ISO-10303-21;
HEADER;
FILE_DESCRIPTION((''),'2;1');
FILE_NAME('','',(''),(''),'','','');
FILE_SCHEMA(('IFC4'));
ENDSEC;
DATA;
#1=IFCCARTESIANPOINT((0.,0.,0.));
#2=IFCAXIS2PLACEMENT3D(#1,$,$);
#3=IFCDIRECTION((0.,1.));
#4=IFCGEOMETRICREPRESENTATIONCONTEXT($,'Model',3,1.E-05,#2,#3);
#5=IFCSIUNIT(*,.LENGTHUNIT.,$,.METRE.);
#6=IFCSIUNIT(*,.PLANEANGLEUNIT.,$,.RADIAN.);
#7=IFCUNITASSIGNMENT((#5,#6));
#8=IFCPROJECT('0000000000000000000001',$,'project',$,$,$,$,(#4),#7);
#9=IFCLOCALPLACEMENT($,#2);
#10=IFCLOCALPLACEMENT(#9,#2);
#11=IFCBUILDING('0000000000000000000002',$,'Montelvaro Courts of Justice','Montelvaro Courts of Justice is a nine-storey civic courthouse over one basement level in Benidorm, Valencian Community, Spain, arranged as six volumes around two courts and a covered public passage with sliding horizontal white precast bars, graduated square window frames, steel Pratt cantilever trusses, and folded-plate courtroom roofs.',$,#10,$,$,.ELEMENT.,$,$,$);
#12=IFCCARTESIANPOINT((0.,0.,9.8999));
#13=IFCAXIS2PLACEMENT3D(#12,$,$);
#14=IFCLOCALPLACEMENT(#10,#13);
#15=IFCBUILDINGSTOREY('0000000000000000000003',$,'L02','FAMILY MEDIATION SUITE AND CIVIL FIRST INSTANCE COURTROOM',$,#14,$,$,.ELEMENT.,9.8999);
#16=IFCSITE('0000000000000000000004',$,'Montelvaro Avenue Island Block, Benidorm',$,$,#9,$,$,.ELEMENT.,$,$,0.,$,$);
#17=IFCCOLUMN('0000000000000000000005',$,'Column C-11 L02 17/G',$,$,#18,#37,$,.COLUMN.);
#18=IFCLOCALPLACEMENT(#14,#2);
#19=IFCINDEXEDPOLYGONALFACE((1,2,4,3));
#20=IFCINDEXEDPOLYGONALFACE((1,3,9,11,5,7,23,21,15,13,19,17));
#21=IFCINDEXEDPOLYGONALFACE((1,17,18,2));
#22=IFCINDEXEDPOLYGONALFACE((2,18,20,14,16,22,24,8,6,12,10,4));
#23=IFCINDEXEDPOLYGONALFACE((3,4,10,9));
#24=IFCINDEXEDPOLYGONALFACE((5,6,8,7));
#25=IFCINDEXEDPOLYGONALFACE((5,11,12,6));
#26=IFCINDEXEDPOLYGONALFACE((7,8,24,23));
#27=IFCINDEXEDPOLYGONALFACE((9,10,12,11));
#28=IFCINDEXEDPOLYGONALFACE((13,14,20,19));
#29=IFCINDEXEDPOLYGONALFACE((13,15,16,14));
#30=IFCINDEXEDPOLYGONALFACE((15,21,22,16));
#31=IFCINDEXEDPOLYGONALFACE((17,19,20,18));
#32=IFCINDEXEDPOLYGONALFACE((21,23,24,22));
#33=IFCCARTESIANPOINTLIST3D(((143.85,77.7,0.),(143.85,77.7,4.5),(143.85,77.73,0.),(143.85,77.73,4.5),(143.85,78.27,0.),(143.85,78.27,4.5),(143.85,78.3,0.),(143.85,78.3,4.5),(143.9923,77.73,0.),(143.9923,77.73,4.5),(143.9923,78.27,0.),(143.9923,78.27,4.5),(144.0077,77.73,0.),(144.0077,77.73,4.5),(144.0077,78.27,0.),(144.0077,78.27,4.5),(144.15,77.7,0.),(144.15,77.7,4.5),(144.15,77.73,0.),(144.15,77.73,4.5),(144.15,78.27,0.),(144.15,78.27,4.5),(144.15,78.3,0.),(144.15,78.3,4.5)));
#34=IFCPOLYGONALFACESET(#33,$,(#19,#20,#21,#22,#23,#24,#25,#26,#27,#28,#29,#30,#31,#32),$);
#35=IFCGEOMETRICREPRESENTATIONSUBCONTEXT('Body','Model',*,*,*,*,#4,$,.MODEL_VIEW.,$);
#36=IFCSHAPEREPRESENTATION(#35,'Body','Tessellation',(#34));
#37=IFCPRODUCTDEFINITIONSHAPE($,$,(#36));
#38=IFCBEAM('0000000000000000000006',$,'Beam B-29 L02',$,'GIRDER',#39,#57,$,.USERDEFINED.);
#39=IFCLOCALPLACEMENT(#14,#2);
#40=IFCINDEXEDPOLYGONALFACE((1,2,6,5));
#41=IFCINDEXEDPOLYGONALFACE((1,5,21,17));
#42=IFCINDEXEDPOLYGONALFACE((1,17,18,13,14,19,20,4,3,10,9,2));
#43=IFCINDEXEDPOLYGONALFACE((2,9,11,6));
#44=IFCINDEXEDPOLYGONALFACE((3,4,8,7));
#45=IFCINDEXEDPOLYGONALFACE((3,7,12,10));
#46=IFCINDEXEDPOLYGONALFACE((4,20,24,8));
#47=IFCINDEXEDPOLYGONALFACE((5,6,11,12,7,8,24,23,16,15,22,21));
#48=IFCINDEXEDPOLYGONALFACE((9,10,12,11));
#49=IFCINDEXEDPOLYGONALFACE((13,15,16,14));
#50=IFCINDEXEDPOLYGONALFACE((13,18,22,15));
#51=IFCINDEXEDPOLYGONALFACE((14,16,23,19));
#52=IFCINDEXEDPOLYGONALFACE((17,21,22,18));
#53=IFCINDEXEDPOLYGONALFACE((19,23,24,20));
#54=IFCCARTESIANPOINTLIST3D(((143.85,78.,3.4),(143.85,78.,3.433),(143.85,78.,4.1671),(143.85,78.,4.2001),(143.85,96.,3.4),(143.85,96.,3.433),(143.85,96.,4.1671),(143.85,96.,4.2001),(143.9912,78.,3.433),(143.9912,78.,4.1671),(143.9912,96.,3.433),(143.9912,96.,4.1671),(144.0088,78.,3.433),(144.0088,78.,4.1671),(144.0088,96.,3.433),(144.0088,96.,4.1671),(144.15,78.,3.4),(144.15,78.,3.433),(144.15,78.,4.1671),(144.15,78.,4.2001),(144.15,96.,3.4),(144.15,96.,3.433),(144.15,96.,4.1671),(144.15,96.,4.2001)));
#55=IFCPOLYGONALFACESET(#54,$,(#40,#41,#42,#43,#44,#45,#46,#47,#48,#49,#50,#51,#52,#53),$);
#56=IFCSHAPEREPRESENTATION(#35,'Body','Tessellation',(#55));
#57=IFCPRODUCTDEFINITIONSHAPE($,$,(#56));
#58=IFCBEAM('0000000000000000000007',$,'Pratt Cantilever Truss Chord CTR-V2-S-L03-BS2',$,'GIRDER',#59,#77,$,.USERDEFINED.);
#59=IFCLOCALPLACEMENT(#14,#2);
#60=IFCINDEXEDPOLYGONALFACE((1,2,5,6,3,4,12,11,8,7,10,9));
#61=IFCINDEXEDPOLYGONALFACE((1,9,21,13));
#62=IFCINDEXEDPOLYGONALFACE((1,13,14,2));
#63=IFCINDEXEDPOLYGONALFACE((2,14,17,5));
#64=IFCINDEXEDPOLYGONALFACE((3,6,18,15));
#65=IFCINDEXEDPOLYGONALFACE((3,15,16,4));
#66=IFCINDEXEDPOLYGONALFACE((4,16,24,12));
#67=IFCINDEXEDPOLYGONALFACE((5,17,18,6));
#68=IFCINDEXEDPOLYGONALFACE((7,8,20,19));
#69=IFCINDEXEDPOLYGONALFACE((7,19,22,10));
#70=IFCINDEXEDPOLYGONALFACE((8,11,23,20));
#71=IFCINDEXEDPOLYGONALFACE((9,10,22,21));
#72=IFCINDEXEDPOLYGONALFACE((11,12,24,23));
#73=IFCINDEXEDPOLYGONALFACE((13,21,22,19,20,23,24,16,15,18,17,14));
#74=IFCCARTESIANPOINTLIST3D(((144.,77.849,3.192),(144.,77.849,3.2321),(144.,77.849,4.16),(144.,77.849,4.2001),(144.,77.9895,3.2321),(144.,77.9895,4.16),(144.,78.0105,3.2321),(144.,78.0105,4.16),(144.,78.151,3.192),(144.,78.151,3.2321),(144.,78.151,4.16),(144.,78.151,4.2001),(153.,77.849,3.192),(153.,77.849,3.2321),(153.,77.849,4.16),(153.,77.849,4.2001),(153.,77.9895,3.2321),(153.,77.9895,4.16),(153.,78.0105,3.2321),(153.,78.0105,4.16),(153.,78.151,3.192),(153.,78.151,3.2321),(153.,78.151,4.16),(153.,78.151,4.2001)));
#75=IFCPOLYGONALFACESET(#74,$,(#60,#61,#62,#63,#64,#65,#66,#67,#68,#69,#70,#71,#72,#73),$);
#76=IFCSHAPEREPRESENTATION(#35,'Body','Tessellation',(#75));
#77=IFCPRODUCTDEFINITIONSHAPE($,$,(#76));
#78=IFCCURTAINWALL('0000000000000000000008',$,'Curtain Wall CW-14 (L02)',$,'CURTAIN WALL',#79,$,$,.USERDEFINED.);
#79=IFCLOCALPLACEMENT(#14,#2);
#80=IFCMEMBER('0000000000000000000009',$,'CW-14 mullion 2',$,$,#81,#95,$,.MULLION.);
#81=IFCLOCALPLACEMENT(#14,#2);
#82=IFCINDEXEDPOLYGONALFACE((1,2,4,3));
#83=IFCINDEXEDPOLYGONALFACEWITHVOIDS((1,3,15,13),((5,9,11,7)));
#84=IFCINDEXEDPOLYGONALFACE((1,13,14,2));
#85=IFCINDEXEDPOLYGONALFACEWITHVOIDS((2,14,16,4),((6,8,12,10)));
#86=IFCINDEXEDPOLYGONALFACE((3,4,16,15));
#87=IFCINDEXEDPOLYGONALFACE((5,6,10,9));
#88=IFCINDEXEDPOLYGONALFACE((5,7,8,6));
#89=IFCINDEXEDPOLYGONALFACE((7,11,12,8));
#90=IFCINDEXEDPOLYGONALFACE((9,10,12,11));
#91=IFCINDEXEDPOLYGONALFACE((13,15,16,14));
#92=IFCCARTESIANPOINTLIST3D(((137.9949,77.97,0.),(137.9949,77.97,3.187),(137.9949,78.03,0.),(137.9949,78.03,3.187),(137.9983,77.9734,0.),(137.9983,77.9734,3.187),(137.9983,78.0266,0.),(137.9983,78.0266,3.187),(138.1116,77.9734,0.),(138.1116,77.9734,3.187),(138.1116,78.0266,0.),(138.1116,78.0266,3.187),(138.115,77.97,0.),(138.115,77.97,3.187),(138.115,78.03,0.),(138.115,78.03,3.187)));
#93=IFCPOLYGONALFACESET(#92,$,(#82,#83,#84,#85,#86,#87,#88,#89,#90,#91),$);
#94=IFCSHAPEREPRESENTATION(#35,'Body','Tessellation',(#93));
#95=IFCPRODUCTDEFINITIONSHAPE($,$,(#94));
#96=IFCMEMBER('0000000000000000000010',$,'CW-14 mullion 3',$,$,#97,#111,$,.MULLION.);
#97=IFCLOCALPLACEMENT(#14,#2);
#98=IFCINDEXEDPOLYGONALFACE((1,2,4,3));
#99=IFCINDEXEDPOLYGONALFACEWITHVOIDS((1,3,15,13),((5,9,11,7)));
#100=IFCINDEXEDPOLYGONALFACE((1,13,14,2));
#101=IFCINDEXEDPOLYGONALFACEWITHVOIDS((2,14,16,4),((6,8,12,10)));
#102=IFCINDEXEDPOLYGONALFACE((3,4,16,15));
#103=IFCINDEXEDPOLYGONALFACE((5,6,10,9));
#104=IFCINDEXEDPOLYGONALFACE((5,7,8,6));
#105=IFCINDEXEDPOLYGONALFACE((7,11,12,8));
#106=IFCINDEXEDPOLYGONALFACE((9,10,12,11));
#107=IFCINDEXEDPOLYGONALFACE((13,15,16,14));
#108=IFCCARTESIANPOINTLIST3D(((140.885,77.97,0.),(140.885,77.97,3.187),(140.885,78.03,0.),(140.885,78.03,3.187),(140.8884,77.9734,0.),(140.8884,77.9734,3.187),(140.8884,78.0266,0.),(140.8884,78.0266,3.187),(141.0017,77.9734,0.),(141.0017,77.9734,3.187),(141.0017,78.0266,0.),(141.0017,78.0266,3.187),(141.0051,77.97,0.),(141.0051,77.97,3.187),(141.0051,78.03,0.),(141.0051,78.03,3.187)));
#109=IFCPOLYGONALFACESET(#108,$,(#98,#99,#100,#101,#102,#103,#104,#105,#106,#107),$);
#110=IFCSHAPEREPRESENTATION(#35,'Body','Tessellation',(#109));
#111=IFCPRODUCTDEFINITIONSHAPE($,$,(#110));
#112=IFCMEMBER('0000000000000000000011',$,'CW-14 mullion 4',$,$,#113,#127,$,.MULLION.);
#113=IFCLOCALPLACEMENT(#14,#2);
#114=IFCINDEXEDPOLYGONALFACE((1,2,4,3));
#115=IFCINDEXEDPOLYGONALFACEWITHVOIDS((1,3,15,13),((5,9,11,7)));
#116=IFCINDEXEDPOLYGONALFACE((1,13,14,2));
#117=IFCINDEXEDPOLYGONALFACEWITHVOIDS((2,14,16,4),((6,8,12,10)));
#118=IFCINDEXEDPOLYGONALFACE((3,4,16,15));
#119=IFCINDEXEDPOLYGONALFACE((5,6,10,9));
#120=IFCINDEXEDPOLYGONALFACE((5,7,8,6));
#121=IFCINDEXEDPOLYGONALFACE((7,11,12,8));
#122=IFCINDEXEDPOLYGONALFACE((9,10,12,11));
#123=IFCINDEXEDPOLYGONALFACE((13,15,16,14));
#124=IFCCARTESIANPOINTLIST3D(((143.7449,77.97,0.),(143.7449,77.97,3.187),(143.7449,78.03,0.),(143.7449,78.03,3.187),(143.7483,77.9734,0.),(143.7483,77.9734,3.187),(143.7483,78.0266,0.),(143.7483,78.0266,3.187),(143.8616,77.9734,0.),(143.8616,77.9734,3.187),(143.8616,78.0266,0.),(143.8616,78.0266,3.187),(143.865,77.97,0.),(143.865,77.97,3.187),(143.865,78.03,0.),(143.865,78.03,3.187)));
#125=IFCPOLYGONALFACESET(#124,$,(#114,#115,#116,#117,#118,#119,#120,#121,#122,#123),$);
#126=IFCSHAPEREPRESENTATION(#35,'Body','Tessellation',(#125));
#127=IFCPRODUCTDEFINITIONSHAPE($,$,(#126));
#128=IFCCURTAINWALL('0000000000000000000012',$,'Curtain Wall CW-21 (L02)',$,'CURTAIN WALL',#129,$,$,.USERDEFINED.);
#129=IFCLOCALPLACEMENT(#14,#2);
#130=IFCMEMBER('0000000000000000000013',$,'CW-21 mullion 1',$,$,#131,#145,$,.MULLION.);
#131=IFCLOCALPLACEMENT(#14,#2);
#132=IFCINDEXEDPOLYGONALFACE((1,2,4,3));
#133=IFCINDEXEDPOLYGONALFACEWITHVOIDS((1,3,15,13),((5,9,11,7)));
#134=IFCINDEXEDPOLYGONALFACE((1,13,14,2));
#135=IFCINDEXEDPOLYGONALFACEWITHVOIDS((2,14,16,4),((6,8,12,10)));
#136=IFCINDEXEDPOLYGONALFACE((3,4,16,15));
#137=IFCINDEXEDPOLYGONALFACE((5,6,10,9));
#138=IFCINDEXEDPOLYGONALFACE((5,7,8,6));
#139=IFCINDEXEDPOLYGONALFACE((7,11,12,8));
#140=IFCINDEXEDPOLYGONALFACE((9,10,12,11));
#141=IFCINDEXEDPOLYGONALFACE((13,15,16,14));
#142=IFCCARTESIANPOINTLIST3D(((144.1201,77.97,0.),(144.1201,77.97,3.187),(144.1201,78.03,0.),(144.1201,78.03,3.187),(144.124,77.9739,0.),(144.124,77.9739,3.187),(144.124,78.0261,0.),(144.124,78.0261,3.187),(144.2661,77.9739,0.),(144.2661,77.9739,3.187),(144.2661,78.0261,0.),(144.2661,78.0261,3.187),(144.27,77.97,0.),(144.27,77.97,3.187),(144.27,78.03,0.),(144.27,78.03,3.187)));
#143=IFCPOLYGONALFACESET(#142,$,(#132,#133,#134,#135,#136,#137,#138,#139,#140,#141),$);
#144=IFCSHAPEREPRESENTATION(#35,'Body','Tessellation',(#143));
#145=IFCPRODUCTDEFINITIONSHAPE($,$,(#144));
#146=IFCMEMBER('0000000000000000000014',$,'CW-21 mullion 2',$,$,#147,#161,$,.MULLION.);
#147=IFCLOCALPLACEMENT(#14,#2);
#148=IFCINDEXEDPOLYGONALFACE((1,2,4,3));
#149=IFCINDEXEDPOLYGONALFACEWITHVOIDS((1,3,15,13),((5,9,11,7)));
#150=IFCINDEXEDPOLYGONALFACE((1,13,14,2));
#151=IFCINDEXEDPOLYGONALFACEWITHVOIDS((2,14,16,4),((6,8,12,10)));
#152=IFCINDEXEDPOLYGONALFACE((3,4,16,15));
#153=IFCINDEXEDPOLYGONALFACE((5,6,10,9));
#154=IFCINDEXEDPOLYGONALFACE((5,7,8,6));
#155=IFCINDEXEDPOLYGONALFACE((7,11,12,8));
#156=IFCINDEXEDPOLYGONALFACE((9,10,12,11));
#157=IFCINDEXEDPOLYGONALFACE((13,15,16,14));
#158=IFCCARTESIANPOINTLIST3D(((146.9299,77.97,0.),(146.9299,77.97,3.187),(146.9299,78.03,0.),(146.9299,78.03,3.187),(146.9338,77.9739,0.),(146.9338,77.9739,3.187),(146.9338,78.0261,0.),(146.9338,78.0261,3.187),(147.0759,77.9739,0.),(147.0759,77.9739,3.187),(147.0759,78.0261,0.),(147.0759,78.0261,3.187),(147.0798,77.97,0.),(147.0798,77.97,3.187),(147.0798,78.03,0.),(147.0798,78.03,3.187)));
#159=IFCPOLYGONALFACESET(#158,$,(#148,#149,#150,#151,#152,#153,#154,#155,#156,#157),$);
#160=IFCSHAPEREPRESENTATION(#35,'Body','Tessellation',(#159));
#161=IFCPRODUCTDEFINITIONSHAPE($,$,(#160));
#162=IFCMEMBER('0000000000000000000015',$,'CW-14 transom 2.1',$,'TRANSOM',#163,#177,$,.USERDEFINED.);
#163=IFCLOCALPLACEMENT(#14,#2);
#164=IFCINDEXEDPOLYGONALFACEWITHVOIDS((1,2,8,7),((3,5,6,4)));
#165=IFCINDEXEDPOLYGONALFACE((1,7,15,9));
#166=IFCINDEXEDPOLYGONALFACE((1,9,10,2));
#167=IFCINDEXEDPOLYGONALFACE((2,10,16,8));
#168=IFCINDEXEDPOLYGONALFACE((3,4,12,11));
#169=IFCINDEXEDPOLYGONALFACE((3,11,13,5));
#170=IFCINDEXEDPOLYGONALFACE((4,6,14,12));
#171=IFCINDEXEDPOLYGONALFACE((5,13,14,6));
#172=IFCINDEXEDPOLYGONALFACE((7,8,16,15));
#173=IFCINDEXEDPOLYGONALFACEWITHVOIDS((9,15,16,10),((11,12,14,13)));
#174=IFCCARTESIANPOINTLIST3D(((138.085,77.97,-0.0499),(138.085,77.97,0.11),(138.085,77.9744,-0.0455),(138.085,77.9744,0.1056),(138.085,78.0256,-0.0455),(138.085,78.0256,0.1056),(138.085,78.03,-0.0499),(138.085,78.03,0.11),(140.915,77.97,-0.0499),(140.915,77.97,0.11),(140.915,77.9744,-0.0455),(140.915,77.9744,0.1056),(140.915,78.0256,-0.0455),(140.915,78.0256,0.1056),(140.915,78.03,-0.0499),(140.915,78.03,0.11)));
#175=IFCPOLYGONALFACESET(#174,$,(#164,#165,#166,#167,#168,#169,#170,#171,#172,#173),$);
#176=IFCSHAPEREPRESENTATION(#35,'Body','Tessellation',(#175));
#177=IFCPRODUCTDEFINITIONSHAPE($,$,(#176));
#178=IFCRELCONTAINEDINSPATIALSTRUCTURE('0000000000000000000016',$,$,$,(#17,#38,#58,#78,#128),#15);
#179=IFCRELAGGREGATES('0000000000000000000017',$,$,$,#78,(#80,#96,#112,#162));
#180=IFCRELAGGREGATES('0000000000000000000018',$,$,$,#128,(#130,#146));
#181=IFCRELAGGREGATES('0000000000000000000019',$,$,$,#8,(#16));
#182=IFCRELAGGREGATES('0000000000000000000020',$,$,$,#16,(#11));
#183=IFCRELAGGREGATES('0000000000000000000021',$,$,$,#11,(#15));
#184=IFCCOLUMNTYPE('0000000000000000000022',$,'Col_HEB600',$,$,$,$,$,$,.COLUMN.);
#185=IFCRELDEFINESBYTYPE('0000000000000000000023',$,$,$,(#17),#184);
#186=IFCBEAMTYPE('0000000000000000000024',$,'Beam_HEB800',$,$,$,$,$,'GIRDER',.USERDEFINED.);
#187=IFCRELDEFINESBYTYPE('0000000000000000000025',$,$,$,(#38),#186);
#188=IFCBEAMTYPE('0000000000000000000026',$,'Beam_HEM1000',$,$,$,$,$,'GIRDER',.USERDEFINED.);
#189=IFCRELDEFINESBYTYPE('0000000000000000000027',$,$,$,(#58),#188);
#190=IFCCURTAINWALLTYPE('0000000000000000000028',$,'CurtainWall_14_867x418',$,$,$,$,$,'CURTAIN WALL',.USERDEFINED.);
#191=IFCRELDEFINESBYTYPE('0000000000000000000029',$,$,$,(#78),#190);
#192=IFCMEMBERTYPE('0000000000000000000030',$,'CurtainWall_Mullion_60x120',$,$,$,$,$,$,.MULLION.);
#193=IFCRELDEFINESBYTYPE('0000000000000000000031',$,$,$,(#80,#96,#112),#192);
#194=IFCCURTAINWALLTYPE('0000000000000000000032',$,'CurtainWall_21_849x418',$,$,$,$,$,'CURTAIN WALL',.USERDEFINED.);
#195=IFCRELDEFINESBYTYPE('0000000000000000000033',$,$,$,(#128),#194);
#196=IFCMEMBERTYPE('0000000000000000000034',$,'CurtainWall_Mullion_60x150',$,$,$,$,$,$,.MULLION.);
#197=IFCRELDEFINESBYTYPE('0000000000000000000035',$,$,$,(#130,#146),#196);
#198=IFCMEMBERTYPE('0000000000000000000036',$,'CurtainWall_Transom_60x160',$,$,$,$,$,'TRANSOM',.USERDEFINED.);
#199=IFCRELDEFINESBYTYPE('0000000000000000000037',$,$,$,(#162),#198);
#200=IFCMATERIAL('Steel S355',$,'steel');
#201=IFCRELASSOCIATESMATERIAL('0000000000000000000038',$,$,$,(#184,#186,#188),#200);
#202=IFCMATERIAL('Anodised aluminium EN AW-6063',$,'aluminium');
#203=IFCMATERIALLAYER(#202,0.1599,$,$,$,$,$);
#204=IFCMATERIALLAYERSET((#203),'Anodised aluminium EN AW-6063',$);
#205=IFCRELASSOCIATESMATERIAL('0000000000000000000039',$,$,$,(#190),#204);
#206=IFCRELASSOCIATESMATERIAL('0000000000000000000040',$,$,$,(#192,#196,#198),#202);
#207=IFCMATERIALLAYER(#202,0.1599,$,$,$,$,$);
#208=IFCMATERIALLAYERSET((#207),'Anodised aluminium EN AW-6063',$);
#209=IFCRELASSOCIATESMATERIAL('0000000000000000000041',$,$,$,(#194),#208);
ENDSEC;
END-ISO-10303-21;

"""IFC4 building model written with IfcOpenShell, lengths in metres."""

from ifc_helpers import new_model, si_unit, direction, frame, origin, origin_2d, place, context, subcontext, project, spatial, hollow_rectangle, i_section, extrude, material, layer, layer_set, material_profile, profile_set, type_object, element, aggregate, save


model = new_model("IFC4")

# Units and contexts
model_context = context("Model", 3, precision=1e-05, world=origin(), true_north=direction((0.0, 1.0)))
body_context = subcontext(model_context, "Body", "Model", "MODEL_VIEW")
ifc_project = project(units=[si_unit("LENGTHUNIT", "METRE"), si_unit("PLANEANGLEUNIT", "RADIAN")], contexts=[model_context])

# Site, building, storey
site_placement = place(None, origin())
site = spatial("IfcSite", under=ifc_project, at=site_placement, Name="Montelvaro Avenue Island Block, Benidorm", CompositionType="ELEMENT", RefElevation=0.0)
building_placement = place(site_placement, origin())
building = spatial("IfcBuilding", under=site, at=building_placement, Name="Montelvaro Courts of Justice", Description="Montelvaro Courts of Justice is a nine-storey civic courthouse over one basement level in Benidorm, Valencian Community, Spain, arranged as six volumes around two courts and a covered public passage with sliding horizontal white precast bars, graduated square window frames, steel Pratt cantilever trusses, and folded-plate courtroom roofs.", CompositionType="ELEMENT")
storey_placement = place(building_placement, frame((0.0, 0.0, 9.8999)))
storey = spatial("IfcBuildingStorey", under=building, at=storey_placement, Name="L02", Description="FAMILY MEDIATION SUITE AND CIVIL FIRST INSTANCE COURTROOM", CompositionType="ELEMENT", Elevation=9.8999)

# Column
ifc_material_1 = material(Name="Steel S355", Category="steel")
ifc_material_profile_1 = material_profile(ifc_material_1, i_section(OverallWidth=0.3, OverallDepth=0.6001, WebThickness=0.0154, FlangeThickness=0.03, at=origin_2d()), Name="HEB 600")
ifc_profile_set_1 = profile_set([ifc_material_profile_1], Name="Steel S355")
column_type = type_object("IfcColumnType", Name="Col_HEB600", PredefinedType="COLUMN", material=ifc_profile_set_1)
column_placement = place(storey_placement, frame((144.0, 78.0, 0.0), z_axis=(0.0, 0.0, 1.0), x_axis=(1.0, 0.0, 0.0)))
element("IfcColumn", 1, at=column_placement, inside=storey, type_object=column_type, Name="Column C-11 L02 17/G", PredefinedType="COLUMN", context=body_context, shape_type="SweptSolid", body=[
    extrude(i_section(OverallWidth=0.3, OverallDepth=0.6001, WebThickness=0.0154, FlangeThickness=0.03, at=origin_2d()), origin(), (0.0, 0.0, 1.0), 4.5),
])

# Beams
ifc_material_profile_2 = material_profile(ifc_material_1, i_section(OverallWidth=0.3, OverallDepth=0.8, WebThickness=0.0176, FlangeThickness=0.033, at=origin_2d()), Name="HEB 800")
ifc_profile_set_2 = profile_set([ifc_material_profile_2], Name="Steel S355")
beam_type_1 = type_object("IfcBeamType", Name="Beam_HEB800", ElementType="GIRDER", PredefinedType="USERDEFINED", material=ifc_profile_set_2)
beam_1_placement = place(storey_placement, frame((144.0, 78.0, 3.8), z_axis=(0.0, 1.0, 0.0), x_axis=(-1.0, 0.0, 0.0)))
element("IfcBeam", 2, at=beam_1_placement, inside=storey, type_object=beam_type_1, Name="Beam B-29 L02", ObjectType="GIRDER", PredefinedType="USERDEFINED", context=body_context, shape_type="SweptSolid", body=[
    extrude(i_section(OverallWidth=0.3, OverallDepth=0.8, WebThickness=0.0176, FlangeThickness=0.033, at=origin_2d()), origin(), (0.0, 0.0, 1.0), 18.0),
])
ifc_material_profile_3 = material_profile(ifc_material_1, i_section(OverallWidth=0.302, OverallDepth=1.0081, WebThickness=0.021, FlangeThickness=0.04, at=origin_2d()), Name="HEM 1000")
ifc_profile_set_3 = profile_set([ifc_material_profile_3], Name="Steel S355")
beam_type_2 = type_object("IfcBeamType", Name="Beam_HEM1000", ElementType="GIRDER", PredefinedType="USERDEFINED", material=ifc_profile_set_3)
beam_2_placement = place(storey_placement, frame((144.0, 78.0, 3.696), z_axis=(1.0, 0.0, 0.0), x_axis=(0.0, 1.0, 0.0)))
element("IfcBeam", 3, at=beam_2_placement, inside=storey, type_object=beam_type_2, Name="Pratt Cantilever Truss Chord CTR-V2-S-L03-BS2", ObjectType="GIRDER", PredefinedType="USERDEFINED", context=body_context, shape_type="SweptSolid", body=[
    extrude(i_section(OverallWidth=0.302, OverallDepth=1.0081, WebThickness=0.021, FlangeThickness=0.04, at=origin_2d()), origin(), (0.0, 0.0, 1.0), 9.0),
])

# Curtain walls, members
ifc_material_2 = material(Name="Anodised aluminium EN AW-6063", Category="aluminium")
ifc_layer_1 = layer(ifc_material_2, 0.1599)
ifc_layer_set_1 = layer_set([ifc_layer_1], Name="Anodised aluminium EN AW-6063")
curtain_wall_type_1 = type_object("IfcCurtainWallType", Name="CurtainWall_14_867x418", ElementType="CURTAIN WALL", PredefinedType="USERDEFINED", material=ifc_layer_set_1)
curtain_wall_1_placement = place(storey_placement, origin())
curtain_wall_1 = element("IfcCurtainWall", 4, at=curtain_wall_1_placement, inside=storey, type_object=curtain_wall_type_1, Name="Curtain Wall CW-14 (L02)", ObjectType="CURTAIN WALL", PredefinedType="USERDEFINED")
ifc_material_profile_4 = material_profile(ifc_material_2, hollow_rectangle(XDim=0.0601, YDim=0.1201, WallThickness=0.0034, at=origin_2d()), Name="ALU-M 60x120")
ifc_profile_set_4 = profile_set([ifc_material_profile_4], Name="Anodised aluminium EN AW-6063")
member_type_1 = type_object("IfcMemberType", Name="CurtainWall_Mullion_60x120", PredefinedType="MULLION", material=ifc_profile_set_4)
member_1_placement = place(storey_placement, frame((138.0549, 78.0, 0.0), z_axis=(0.0, 0.0, 1.0), x_axis=(0.0, 1.0, 0.0)))
member_1 = element("IfcMember", 5, at=member_1_placement, type_object=member_type_1, Name="CW-14 mullion 2", PredefinedType="MULLION", context=body_context, shape_type="SweptSolid", body=[
    extrude(hollow_rectangle(XDim=0.0601, YDim=0.1201, WallThickness=0.0034, at=origin_2d()), origin(), (0.0, 0.0, 1.0), 3.187),
])
member_2_placement = place(storey_placement, frame((140.9451, 78.0, 0.0), z_axis=(0.0, 0.0, 1.0), x_axis=(0.0, 1.0, 0.0)))
member_2 = element("IfcMember", 6, at=member_2_placement, type_object=member_type_1, Name="CW-14 mullion 3", PredefinedType="MULLION", context=body_context, shape_type="SweptSolid", body=[
    extrude(hollow_rectangle(XDim=0.0601, YDim=0.1201, WallThickness=0.0034, at=origin_2d()), origin(), (0.0, 0.0, 1.0), 3.187),
])
member_3_placement = place(storey_placement, frame((143.8049, 78.0, 0.0), z_axis=(0.0, 0.0, 1.0), x_axis=(0.0, 1.0, 0.0)))
member_3 = element("IfcMember", 7, at=member_3_placement, type_object=member_type_1, Name="CW-14 mullion 4", PredefinedType="MULLION", context=body_context, shape_type="SweptSolid", body=[
    extrude(hollow_rectangle(XDim=0.0601, YDim=0.1201, WallThickness=0.0034, at=origin_2d()), origin(), (0.0, 0.0, 1.0), 3.187),
])
ifc_layer_2 = layer(ifc_material_2, 0.1599)
ifc_layer_set_2 = layer_set([ifc_layer_2], Name="Anodised aluminium EN AW-6063")
curtain_wall_type_2 = type_object("IfcCurtainWallType", Name="CurtainWall_21_849x418", ElementType="CURTAIN WALL", PredefinedType="USERDEFINED", material=ifc_layer_set_2)
curtain_wall_2_placement = place(storey_placement, origin())
curtain_wall_2 = element("IfcCurtainWall", 8, at=curtain_wall_2_placement, inside=storey, type_object=curtain_wall_type_2, Name="Curtain Wall CW-21 (L02)", ObjectType="CURTAIN WALL", PredefinedType="USERDEFINED")
ifc_material_profile_5 = material_profile(ifc_material_2, hollow_rectangle(XDim=0.0601, YDim=0.1499, WallThickness=0.0039, at=origin_2d()), Name="ALU-M 60x150")
ifc_profile_set_5 = profile_set([ifc_material_profile_5], Name="Anodised aluminium EN AW-6063")
member_type_2 = type_object("IfcMemberType", Name="CurtainWall_Mullion_60x150", PredefinedType="MULLION", material=ifc_profile_set_5)
member_4_placement = place(storey_placement, frame((144.1951, 78.0, 0.0), z_axis=(0.0, 0.0, 1.0), x_axis=(0.0, 1.0, 0.0)))
member_4 = element("IfcMember", 9, at=member_4_placement, type_object=member_type_2, Name="CW-21 mullion 1", PredefinedType="MULLION", context=body_context, shape_type="SweptSolid", body=[
    extrude(hollow_rectangle(XDim=0.0601, YDim=0.1499, WallThickness=0.0039, at=origin_2d()), origin(), (0.0, 0.0, 1.0), 3.187),
])
member_5_placement = place(storey_placement, frame((147.0049, 78.0, 0.0), z_axis=(0.0, 0.0, 1.0), x_axis=(0.0, 1.0, 0.0)))
member_5 = element("IfcMember", 10, at=member_5_placement, type_object=member_type_2, Name="CW-21 mullion 2", PredefinedType="MULLION", context=body_context, shape_type="SweptSolid", body=[
    extrude(hollow_rectangle(XDim=0.0601, YDim=0.1499, WallThickness=0.0039, at=origin_2d()), origin(), (0.0, 0.0, 1.0), 3.187),
])

# Member
ifc_material_profile_6 = material_profile(ifc_material_2, hollow_rectangle(XDim=0.0601, YDim=0.1599, WallThickness=0.0044, at=origin_2d()), Name="ALU-T 60x160")
ifc_profile_set_6 = profile_set([ifc_material_profile_6], Name="Anodised aluminium EN AW-6063")
member_type_3 = type_object("IfcMemberType", Name="CurtainWall_Transom_60x160", ElementType="TRANSOM", PredefinedType="USERDEFINED", material=ifc_profile_set_6)
member_6_placement = place(storey_placement, frame((138.085, 78.0, 0.03), z_axis=(1.0, 0.0, 0.0), x_axis=(0.0, 1.0, 0.0)))
member_6 = element("IfcMember", 11, at=member_6_placement, type_object=member_type_3, Name="CW-14 transom 2.1", ObjectType="TRANSOM", PredefinedType="USERDEFINED", context=body_context, shape_type="SweptSolid", body=[
    extrude(hollow_rectangle(XDim=0.0601, YDim=0.1599, WallThickness=0.0044, at=origin_2d()), origin(), (0.0, 0.0, 1.0), 2.8301),
])

aggregate(curtain_wall_1, [member_1, member_2, member_3, member_6])
aggregate(curtain_wall_2, [member_4, member_5])

save(model, "model.ifc")
